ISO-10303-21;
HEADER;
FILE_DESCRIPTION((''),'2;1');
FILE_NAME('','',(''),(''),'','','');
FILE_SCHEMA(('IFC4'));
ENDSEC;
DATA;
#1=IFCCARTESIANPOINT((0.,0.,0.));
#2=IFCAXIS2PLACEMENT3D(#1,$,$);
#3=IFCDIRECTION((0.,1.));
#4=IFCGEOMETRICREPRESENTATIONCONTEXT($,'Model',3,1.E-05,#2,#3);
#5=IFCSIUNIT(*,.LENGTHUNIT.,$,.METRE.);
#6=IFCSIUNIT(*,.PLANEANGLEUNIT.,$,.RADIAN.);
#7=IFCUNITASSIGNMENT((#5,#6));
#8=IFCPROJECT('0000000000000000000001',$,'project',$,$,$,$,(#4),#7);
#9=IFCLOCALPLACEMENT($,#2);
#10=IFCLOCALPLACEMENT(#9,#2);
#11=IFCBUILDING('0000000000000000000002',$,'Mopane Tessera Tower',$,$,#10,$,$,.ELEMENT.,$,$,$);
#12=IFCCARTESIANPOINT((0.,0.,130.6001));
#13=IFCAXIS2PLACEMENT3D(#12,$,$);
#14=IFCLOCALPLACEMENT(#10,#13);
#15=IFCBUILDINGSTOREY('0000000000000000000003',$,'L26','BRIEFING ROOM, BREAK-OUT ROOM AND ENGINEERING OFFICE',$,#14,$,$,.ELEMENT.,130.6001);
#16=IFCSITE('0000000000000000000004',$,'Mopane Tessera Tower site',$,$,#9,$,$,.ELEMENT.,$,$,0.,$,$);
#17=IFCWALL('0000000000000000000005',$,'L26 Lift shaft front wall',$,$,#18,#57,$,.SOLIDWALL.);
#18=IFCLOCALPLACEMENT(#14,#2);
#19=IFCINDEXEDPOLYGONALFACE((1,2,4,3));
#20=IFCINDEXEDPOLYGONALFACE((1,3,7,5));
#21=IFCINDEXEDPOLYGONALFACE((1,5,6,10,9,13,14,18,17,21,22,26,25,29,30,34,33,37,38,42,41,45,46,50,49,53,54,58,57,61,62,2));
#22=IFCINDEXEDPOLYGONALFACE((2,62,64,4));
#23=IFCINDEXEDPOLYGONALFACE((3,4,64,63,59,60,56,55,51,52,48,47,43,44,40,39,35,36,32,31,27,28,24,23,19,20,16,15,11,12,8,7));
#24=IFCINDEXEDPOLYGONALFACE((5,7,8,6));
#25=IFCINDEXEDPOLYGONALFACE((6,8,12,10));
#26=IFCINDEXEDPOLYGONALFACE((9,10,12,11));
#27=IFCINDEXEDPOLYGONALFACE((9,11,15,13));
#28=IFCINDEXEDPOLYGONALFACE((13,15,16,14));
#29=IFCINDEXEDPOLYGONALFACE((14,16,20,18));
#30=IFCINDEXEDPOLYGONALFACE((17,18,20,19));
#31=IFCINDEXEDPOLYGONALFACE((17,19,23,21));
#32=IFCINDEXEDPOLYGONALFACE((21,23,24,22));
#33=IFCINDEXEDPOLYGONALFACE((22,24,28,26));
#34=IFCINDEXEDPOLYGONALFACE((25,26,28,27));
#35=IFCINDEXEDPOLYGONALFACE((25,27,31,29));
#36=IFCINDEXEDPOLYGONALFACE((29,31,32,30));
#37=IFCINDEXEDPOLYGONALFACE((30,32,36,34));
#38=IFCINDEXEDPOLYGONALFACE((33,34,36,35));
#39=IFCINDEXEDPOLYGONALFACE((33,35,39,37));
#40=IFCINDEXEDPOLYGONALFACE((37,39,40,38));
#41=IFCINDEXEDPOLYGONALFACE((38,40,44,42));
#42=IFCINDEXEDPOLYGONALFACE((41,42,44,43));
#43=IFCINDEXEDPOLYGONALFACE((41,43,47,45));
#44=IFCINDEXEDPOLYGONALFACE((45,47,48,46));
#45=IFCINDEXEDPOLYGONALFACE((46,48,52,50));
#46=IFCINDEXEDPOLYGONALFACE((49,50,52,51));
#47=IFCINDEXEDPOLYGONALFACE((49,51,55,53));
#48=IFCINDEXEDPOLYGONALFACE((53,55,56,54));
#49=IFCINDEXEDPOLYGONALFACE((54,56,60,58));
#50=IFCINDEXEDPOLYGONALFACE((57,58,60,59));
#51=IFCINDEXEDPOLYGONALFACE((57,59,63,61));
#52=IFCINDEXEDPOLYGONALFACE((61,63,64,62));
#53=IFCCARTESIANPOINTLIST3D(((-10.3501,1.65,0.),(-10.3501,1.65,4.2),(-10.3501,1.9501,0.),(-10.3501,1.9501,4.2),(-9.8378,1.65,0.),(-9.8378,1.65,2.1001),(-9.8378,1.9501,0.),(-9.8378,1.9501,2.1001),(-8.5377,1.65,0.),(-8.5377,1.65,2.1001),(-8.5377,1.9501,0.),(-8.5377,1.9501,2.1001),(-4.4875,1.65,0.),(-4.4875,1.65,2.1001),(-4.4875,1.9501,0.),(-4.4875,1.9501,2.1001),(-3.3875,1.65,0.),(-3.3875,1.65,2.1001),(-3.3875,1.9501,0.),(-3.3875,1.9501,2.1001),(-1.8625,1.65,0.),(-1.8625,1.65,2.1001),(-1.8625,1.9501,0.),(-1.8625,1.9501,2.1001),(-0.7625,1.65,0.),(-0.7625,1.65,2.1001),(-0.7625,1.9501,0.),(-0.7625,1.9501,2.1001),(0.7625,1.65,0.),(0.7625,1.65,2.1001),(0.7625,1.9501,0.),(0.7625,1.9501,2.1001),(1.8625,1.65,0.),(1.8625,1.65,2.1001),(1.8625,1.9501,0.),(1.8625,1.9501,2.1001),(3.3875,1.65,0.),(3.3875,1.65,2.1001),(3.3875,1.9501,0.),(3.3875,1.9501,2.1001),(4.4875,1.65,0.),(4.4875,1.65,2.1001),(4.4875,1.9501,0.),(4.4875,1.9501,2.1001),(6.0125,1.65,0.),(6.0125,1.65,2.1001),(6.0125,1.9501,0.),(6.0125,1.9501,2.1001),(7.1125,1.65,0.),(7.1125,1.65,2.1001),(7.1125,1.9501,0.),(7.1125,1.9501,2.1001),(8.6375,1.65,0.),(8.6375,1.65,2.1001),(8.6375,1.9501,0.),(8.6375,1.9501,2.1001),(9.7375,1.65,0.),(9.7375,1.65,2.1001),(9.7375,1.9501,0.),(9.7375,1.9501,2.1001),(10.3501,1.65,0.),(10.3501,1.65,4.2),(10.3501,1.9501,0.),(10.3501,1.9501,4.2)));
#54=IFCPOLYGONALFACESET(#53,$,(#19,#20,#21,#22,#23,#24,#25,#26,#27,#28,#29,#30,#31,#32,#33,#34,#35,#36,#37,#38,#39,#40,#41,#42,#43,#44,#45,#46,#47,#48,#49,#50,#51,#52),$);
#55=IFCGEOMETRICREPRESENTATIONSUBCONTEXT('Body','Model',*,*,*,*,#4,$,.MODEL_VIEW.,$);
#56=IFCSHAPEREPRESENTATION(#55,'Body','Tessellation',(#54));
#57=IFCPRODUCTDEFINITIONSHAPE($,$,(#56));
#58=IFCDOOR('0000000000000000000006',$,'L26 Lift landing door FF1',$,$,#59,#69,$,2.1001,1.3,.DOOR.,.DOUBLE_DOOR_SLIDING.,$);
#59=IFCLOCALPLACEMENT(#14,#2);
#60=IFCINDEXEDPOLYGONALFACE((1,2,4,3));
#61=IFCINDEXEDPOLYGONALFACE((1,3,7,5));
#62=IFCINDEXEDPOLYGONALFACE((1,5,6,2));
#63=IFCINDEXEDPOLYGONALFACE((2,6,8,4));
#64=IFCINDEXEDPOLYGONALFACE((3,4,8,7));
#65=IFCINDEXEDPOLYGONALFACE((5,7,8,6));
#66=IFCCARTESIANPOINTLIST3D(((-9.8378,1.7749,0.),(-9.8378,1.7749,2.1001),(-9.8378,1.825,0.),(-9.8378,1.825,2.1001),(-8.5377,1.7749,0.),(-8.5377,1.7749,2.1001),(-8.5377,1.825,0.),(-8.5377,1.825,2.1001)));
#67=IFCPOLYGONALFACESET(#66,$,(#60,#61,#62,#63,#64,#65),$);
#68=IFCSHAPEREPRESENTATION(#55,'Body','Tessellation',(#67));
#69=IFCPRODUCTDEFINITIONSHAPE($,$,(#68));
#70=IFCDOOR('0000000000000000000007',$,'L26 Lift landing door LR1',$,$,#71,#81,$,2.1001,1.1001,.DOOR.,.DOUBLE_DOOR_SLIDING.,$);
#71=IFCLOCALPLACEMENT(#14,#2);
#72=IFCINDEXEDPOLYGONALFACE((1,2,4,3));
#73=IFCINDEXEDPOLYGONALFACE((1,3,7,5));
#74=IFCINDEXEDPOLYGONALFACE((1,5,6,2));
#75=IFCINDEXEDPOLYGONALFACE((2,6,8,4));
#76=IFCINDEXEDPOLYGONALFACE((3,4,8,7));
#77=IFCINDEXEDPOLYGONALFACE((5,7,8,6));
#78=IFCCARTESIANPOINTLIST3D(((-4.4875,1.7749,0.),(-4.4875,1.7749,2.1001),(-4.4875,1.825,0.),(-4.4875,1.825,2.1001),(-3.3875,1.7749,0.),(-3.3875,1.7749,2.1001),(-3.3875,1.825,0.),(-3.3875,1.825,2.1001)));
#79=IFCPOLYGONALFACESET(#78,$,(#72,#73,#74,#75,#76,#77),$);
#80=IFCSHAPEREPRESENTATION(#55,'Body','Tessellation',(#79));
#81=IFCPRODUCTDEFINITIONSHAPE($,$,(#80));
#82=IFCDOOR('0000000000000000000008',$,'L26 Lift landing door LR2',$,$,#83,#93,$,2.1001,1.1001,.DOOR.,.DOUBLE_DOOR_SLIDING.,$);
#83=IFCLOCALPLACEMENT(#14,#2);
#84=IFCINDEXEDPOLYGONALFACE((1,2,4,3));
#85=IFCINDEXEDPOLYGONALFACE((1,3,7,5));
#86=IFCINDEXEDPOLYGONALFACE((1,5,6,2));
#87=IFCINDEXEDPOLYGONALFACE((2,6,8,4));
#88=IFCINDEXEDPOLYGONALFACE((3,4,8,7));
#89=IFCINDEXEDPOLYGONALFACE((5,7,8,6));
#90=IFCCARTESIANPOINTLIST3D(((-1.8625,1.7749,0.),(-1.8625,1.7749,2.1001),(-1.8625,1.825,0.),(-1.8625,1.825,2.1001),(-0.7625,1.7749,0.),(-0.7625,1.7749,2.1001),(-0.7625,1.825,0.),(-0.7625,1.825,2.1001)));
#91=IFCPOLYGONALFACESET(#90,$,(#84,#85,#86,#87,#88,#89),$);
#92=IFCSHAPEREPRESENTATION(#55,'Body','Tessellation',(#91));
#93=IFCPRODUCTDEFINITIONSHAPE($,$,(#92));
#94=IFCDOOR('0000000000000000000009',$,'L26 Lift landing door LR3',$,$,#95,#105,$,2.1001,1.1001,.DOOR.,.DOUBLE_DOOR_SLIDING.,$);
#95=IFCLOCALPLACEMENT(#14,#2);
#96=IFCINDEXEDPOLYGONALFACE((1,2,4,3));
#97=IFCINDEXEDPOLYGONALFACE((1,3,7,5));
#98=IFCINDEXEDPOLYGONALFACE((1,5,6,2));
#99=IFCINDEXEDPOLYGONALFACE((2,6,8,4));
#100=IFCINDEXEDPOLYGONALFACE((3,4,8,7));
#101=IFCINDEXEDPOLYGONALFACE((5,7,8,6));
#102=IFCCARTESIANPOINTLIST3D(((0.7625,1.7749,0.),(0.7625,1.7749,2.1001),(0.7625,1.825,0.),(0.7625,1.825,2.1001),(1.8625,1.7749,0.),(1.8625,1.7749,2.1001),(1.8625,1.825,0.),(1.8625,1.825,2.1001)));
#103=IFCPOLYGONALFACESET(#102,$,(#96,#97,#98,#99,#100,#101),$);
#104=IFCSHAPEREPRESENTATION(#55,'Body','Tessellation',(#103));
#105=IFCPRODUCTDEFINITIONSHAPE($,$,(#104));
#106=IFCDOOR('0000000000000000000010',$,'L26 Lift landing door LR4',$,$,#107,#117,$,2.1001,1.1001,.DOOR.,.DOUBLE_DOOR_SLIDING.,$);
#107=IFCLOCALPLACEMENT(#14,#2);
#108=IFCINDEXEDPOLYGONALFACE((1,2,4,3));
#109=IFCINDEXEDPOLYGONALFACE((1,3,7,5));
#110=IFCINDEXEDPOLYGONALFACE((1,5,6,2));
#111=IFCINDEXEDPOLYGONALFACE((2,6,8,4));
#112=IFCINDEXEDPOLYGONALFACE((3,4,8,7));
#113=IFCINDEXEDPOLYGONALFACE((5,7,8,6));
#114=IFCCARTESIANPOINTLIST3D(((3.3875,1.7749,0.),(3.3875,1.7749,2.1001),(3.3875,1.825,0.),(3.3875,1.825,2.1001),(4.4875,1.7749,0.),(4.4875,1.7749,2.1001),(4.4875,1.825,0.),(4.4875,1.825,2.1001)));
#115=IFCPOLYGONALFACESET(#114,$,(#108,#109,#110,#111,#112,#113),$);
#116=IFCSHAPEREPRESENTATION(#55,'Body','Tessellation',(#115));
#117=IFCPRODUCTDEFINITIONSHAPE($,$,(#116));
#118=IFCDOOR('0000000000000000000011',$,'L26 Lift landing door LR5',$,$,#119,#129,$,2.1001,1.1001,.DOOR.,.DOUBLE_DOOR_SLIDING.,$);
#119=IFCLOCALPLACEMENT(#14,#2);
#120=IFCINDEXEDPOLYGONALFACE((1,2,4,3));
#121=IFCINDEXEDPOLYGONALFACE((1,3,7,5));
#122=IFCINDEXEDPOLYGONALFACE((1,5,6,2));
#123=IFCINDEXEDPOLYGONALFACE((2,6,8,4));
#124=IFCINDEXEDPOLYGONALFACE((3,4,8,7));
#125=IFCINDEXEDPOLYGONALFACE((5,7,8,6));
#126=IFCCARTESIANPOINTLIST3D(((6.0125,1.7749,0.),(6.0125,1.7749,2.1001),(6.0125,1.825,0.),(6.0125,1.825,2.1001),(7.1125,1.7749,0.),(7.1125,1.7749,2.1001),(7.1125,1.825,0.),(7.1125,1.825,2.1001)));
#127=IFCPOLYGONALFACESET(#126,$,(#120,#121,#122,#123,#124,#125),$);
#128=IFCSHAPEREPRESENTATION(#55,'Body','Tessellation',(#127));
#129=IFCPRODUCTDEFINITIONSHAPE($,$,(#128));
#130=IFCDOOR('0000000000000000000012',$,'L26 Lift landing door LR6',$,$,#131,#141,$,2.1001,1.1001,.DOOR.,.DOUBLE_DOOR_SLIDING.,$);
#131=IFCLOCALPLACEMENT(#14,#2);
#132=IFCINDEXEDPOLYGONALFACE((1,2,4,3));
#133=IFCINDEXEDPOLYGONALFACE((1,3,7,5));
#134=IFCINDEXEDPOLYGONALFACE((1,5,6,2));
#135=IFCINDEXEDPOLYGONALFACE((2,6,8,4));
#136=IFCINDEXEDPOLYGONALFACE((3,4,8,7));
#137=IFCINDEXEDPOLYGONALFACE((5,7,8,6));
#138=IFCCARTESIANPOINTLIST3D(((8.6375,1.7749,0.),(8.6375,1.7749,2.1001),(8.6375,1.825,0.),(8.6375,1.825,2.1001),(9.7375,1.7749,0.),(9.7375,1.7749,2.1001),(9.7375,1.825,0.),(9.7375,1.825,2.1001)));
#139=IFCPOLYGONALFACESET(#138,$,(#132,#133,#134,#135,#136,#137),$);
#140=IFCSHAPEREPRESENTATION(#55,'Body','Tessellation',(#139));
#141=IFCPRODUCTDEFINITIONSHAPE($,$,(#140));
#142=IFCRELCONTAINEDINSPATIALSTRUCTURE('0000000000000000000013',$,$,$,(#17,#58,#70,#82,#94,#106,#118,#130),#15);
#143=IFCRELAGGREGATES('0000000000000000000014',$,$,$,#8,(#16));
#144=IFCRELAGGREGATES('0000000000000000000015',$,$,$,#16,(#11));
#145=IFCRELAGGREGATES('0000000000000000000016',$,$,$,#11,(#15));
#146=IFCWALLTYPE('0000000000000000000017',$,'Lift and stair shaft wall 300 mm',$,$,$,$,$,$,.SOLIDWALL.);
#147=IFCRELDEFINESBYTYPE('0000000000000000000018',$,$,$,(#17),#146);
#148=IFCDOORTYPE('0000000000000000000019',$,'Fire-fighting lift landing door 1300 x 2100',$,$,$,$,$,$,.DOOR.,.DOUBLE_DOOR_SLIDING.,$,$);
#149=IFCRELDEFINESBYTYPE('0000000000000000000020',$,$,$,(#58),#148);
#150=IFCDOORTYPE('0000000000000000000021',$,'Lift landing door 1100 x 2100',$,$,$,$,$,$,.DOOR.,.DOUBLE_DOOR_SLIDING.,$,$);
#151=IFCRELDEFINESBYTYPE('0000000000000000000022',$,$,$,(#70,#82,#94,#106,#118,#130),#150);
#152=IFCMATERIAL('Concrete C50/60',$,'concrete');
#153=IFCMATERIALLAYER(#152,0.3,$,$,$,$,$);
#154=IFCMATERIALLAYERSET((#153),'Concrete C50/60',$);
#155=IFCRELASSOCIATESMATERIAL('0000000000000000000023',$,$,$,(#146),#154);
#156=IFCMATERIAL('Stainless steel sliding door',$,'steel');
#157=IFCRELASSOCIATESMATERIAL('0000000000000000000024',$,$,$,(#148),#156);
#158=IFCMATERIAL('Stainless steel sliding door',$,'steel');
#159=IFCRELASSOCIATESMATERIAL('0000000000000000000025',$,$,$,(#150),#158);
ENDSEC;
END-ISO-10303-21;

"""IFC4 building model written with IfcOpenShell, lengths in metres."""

from ifc_helpers import new_model, si_unit, direction, frame, frame_2d, origin, place, context, subcontext, project, spatial, rectangle, extrude, material, layer, layer_set, type_object, element, fill, save


model = new_model("IFC4")

# Units and contexts
model_context = context("Model", 3, precision=1e-05, world=origin(), true_north=direction((0.0, 1.0)))
body_context = subcontext(model_context, "Body", "Model", "MODEL_VIEW")
ifc_project = project(units=[si_unit("LENGTHUNIT", "METRE"), si_unit("PLANEANGLEUNIT", "RADIAN")], contexts=[model_context])

# Site, building, storey
site_placement = place(None, origin())
site = spatial("IfcSite", under=ifc_project, at=site_placement, Name="Mopane Tessera Tower site", CompositionType="ELEMENT", RefElevation=0.0)
building_placement = place(site_placement, origin())
building = spatial("IfcBuilding", under=site, at=building_placement, Name="Mopane Tessera Tower", CompositionType="ELEMENT")
storey_placement = place(building_placement, frame((0.0, 0.0, 130.6001)))
storey = spatial("IfcBuildingStorey", under=building, at=storey_placement, Name="L26", Description="BRIEFING ROOM, BREAK-OUT ROOM AND ENGINEERING OFFICE", CompositionType="ELEMENT", Elevation=130.6001)

# Wall, openings, doors
ifc_material_1 = material(Name="Concrete C50/60", Category="concrete")
ifc_layer_1 = layer(ifc_material_1, 0.3)
ifc_layer_set_1 = layer_set([ifc_layer_1], Name="Concrete C50/60")
wall_type_1 = type_object("IfcWallType", Name="Lift and stair shaft wall 300 mm", PredefinedType="SOLIDWALL", material=ifc_layer_set_1)
wall_1_placement = place(storey_placement, frame((-10.3501, 1.8, 0.0), z_axis=(0.0, 0.0, 1.0), x_axis=(1.0, 0.0, 0.0)))
wall_1 = element("IfcWall", 1, at=wall_1_placement, inside=storey, type_object=wall_type_1, Name="L26 Lift shaft front wall", PredefinedType="SOLIDWALL", context=body_context, shape_type="SweptSolid", body=[
    extrude(rectangle(XDim=20.7002, YDim=0.3, at=frame_2d((10.3501, 0.0))), origin(), (0.0, 0.0, 1.0), 4.2),
])
opening_1_placement = place(wall_1_placement, frame((0.5125, 0.0, 0.0)))
opening_1 = element("IfcOpeningElement", 2, at=opening_1_placement, cuts=wall_1, PredefinedType="OPENING", context=body_context, shape_type="SweptSolid", body=[
    extrude(rectangle(XDim=1.3, YDim=2.1001, at=frame_2d((0.6499, 1.05))), frame((0.0, 0.1621, 0.0), z_axis=(0.0, -1.0, 0.0), x_axis=(1.0, 0.0, 0.0)), (0.0, 0.0, 1.0), 0.324),
])
opening_2_placement = place(wall_1_placement, frame((5.8625, 0.0, 0.0)))
opening_2 = element("IfcOpeningElement", 3, at=opening_2_placement, cuts=wall_1, PredefinedType="OPENING", context=body_context, shape_type="SweptSolid", body=[
    extrude(rectangle(XDim=1.1001, YDim=2.1001, at=frame_2d((0.55, 1.05))), frame((0.0, 0.1621, 0.0), z_axis=(0.0, -1.0, 0.0), x_axis=(1.0, 0.0, 0.0)), (0.0, 0.0, 1.0), 0.324),
])
opening_3_placement = place(wall_1_placement, frame((8.4875, 0.0, 0.0)))
opening_3 = element("IfcOpeningElement", 4, at=opening_3_placement, cuts=wall_1, PredefinedType="OPENING", context=body_context, shape_type="SweptSolid", body=[
    extrude(rectangle(XDim=1.1001, YDim=2.1001, at=frame_2d((0.55, 1.05))), frame((0.0, 0.1621, 0.0), z_axis=(0.0, -1.0, 0.0), x_axis=(1.0, 0.0, 0.0)), (0.0, 0.0, 1.0), 0.324),
])
opening_4_placement = place(wall_1_placement, frame((11.1125, 0.0, 0.0)))
opening_4 = element("IfcOpeningElement", 5, at=opening_4_placement, cuts=wall_1, PredefinedType="OPENING", context=body_context, shape_type="SweptSolid", body=[
    extrude(rectangle(XDim=1.1001, YDim=2.1001, at=frame_2d((0.55, 1.05))), frame((0.0, 0.1621, 0.0), z_axis=(0.0, -1.0, 0.0), x_axis=(1.0, 0.0, 0.0)), (0.0, 0.0, 1.0), 0.324),
])
opening_5_placement = place(wall_1_placement, frame((13.7375, 0.0, 0.0)))
opening_5 = element("IfcOpeningElement", 6, at=opening_5_placement, cuts=wall_1, PredefinedType="OPENING", context=body_context, shape_type="SweptSolid", body=[
    extrude(rectangle(XDim=1.1001, YDim=2.1001, at=frame_2d((0.55, 1.05))), frame((0.0, 0.1621, 0.0), z_axis=(0.0, -1.0, 0.0), x_axis=(1.0, 0.0, 0.0)), (0.0, 0.0, 1.0), 0.324),
])
opening_6_placement = place(wall_1_placement, frame((16.3625, 0.0, 0.0)))
opening_6 = element("IfcOpeningElement", 7, at=opening_6_placement, cuts=wall_1, PredefinedType="OPENING", context=body_context, shape_type="SweptSolid", body=[
    extrude(rectangle(XDim=1.1001, YDim=2.1001, at=frame_2d((0.55, 1.05))), frame((0.0, 0.1621, 0.0), z_axis=(0.0, -1.0, 0.0), x_axis=(1.0, 0.0, 0.0)), (0.0, 0.0, 1.0), 0.324),
])
opening_7_placement = place(wall_1_placement, frame((18.9875, 0.0, 0.0)))
opening_7 = element("IfcOpeningElement", 8, at=opening_7_placement, cuts=wall_1, PredefinedType="OPENING", context=body_context, shape_type="SweptSolid", body=[
    extrude(rectangle(XDim=1.1001, YDim=2.1001, at=frame_2d((0.55, 1.05))), frame((0.0, 0.1621, 0.0), z_axis=(0.0, -1.0, 0.0), x_axis=(1.0, 0.0, 0.0)), (0.0, 0.0, 1.0), 0.324),
])
ifc_material_2 = material(Name="Stainless steel sliding door", Category="steel")
door_type_1 = type_object("IfcDoorType", Name="Fire-fighting lift landing door 1300 x 2100", OperationType="DOUBLE_DOOR_SLIDING", PredefinedType="DOOR", material=ifc_material_2)
door_1_placement = place(opening_1_placement, origin())
door_1 = element("IfcDoor", 9, at=door_1_placement, inside=storey, type_object=door_type_1, Name="L26 Lift landing door FF1", OperationType="DOUBLE_DOOR_SLIDING", OverallHeight=2.1001, OverallWidth=1.3, PredefinedType="DOOR", context=body_context, shape_type="SweptSolid", body=[
    extrude(rectangle(XDim=1.3, YDim=2.1001, at=frame_2d((0.6499, 1.05))), frame((0.0, 0.0249, 0.0), z_axis=(0.0, -1.0, 0.0), x_axis=(1.0, 0.0, 0.0)), (0.0, 0.0, 1.0), 0.05),
])
fill(opening_1, door_1)
ifc_material_3 = material(Name="Stainless steel sliding door", Category="steel")
door_type_2 = type_object("IfcDoorType", Name="Lift landing door 1100 x 2100", OperationType="DOUBLE_DOOR_SLIDING", PredefinedType="DOOR", material=ifc_material_3)
door_2_placement = place(opening_2_placement, origin())
door_2 = element("IfcDoor", 10, at=door_2_placement, inside=storey, type_object=door_type_2, Name="L26 Lift landing door LR1", OperationType="DOUBLE_DOOR_SLIDING", OverallHeight=2.1001, OverallWidth=1.1001, PredefinedType="DOOR", context=body_context, shape_type="SweptSolid", body=[
    extrude(rectangle(XDim=1.1001, YDim=2.1001, at=frame_2d((0.55, 1.05))), frame((0.0, 0.0249, 0.0), z_axis=(0.0, -1.0, 0.0), x_axis=(1.0, 0.0, 0.0)), (0.0, 0.0, 1.0), 0.05),
])
fill(opening_2, door_2)
door_3_placement = place(opening_3_placement, origin())
door_3 = element("IfcDoor", 11, at=door_3_placement, inside=storey, type_object=door_type_2, Name="L26 Lift landing door LR2", OperationType="DOUBLE_DOOR_SLIDING", OverallHeight=2.1001, OverallWidth=1.1001, PredefinedType="DOOR", context=body_context, shape_type="SweptSolid", body=[
    extrude(rectangle(XDim=1.1001, YDim=2.1001, at=frame_2d((0.55, 1.05))), frame((0.0, 0.0249, 0.0), z_axis=(0.0, -1.0, 0.0), x_axis=(1.0, 0.0, 0.0)), (0.0, 0.0, 1.0), 0.05),
])
fill(opening_3, door_3)
door_4_placement = place(opening_4_placement, origin())
door_4 = element("IfcDoor", 12, at=door_4_placement, inside=storey, type_object=door_type_2, Name="L26 Lift landing door LR3", OperationType="DOUBLE_DOOR_SLIDING", OverallHeight=2.1001, OverallWidth=1.1001, PredefinedType="DOOR", context=body_context, shape_type="SweptSolid", body=[
    extrude(rectangle(XDim=1.1001, YDim=2.1001, at=frame_2d((0.55, 1.05))), frame((0.0, 0.0249, 0.0), z_axis=(0.0, -1.0, 0.0), x_axis=(1.0, 0.0, 0.0)), (0.0, 0.0, 1.0), 0.05),
])
fill(opening_4, door_4)
door_5_placement = place(opening_5_placement, origin())
door_5 = element("IfcDoor", 13, at=door_5_placement, inside=storey, type_object=door_type_2, Name="L26 Lift landing door LR4", OperationType="DOUBLE_DOOR_SLIDING", OverallHeight=2.1001, OverallWidth=1.1001, PredefinedType="DOOR", context=body_context, shape_type="SweptSolid", body=[
    extrude(rectangle(XDim=1.1001, YDim=2.1001, at=frame_2d((0.55, 1.05))), frame((0.0, 0.0249, 0.0), z_axis=(0.0, -1.0, 0.0), x_axis=(1.0, 0.0, 0.0)), (0.0, 0.0, 1.0), 0.05),
])
fill(opening_5, door_5)
door_6_placement = place(opening_6_placement, origin())
door_6 = element("IfcDoor", 14, at=door_6_placement, inside=storey, type_object=door_type_2, Name="L26 Lift landing door LR5", OperationType="DOUBLE_DOOR_SLIDING", OverallHeight=2.1001, OverallWidth=1.1001, PredefinedType="DOOR", context=body_context, shape_type="SweptSolid", body=[
    extrude(rectangle(XDim=1.1001, YDim=2.1001, at=frame_2d((0.55, 1.05))), frame((0.0, 0.0249, 0.0), z_axis=(0.0, -1.0, 0.0), x_axis=(1.0, 0.0, 0.0)), (0.0, 0.0, 1.0), 0.05),
])
fill(opening_6, door_6)
door_7_placement = place(opening_7_placement, origin())
door_7 = element("IfcDoor", 15, at=door_7_placement, inside=storey, type_object=door_type_2, Name="L26 Lift landing door LR6", OperationType="DOUBLE_DOOR_SLIDING", OverallHeight=2.1001, OverallWidth=1.1001, PredefinedType="DOOR", context=body_context, shape_type="SweptSolid", body=[
    extrude(rectangle(XDim=1.1001, YDim=2.1001, at=frame_2d((0.55, 1.05))), frame((0.0, 0.0249, 0.0), z_axis=(0.0, -1.0, 0.0), x_axis=(1.0, 0.0, 0.0)), (0.0, 0.0, 1.0), 0.05),
])
fill(opening_7, door_7)

save(model, "model.ifc")
